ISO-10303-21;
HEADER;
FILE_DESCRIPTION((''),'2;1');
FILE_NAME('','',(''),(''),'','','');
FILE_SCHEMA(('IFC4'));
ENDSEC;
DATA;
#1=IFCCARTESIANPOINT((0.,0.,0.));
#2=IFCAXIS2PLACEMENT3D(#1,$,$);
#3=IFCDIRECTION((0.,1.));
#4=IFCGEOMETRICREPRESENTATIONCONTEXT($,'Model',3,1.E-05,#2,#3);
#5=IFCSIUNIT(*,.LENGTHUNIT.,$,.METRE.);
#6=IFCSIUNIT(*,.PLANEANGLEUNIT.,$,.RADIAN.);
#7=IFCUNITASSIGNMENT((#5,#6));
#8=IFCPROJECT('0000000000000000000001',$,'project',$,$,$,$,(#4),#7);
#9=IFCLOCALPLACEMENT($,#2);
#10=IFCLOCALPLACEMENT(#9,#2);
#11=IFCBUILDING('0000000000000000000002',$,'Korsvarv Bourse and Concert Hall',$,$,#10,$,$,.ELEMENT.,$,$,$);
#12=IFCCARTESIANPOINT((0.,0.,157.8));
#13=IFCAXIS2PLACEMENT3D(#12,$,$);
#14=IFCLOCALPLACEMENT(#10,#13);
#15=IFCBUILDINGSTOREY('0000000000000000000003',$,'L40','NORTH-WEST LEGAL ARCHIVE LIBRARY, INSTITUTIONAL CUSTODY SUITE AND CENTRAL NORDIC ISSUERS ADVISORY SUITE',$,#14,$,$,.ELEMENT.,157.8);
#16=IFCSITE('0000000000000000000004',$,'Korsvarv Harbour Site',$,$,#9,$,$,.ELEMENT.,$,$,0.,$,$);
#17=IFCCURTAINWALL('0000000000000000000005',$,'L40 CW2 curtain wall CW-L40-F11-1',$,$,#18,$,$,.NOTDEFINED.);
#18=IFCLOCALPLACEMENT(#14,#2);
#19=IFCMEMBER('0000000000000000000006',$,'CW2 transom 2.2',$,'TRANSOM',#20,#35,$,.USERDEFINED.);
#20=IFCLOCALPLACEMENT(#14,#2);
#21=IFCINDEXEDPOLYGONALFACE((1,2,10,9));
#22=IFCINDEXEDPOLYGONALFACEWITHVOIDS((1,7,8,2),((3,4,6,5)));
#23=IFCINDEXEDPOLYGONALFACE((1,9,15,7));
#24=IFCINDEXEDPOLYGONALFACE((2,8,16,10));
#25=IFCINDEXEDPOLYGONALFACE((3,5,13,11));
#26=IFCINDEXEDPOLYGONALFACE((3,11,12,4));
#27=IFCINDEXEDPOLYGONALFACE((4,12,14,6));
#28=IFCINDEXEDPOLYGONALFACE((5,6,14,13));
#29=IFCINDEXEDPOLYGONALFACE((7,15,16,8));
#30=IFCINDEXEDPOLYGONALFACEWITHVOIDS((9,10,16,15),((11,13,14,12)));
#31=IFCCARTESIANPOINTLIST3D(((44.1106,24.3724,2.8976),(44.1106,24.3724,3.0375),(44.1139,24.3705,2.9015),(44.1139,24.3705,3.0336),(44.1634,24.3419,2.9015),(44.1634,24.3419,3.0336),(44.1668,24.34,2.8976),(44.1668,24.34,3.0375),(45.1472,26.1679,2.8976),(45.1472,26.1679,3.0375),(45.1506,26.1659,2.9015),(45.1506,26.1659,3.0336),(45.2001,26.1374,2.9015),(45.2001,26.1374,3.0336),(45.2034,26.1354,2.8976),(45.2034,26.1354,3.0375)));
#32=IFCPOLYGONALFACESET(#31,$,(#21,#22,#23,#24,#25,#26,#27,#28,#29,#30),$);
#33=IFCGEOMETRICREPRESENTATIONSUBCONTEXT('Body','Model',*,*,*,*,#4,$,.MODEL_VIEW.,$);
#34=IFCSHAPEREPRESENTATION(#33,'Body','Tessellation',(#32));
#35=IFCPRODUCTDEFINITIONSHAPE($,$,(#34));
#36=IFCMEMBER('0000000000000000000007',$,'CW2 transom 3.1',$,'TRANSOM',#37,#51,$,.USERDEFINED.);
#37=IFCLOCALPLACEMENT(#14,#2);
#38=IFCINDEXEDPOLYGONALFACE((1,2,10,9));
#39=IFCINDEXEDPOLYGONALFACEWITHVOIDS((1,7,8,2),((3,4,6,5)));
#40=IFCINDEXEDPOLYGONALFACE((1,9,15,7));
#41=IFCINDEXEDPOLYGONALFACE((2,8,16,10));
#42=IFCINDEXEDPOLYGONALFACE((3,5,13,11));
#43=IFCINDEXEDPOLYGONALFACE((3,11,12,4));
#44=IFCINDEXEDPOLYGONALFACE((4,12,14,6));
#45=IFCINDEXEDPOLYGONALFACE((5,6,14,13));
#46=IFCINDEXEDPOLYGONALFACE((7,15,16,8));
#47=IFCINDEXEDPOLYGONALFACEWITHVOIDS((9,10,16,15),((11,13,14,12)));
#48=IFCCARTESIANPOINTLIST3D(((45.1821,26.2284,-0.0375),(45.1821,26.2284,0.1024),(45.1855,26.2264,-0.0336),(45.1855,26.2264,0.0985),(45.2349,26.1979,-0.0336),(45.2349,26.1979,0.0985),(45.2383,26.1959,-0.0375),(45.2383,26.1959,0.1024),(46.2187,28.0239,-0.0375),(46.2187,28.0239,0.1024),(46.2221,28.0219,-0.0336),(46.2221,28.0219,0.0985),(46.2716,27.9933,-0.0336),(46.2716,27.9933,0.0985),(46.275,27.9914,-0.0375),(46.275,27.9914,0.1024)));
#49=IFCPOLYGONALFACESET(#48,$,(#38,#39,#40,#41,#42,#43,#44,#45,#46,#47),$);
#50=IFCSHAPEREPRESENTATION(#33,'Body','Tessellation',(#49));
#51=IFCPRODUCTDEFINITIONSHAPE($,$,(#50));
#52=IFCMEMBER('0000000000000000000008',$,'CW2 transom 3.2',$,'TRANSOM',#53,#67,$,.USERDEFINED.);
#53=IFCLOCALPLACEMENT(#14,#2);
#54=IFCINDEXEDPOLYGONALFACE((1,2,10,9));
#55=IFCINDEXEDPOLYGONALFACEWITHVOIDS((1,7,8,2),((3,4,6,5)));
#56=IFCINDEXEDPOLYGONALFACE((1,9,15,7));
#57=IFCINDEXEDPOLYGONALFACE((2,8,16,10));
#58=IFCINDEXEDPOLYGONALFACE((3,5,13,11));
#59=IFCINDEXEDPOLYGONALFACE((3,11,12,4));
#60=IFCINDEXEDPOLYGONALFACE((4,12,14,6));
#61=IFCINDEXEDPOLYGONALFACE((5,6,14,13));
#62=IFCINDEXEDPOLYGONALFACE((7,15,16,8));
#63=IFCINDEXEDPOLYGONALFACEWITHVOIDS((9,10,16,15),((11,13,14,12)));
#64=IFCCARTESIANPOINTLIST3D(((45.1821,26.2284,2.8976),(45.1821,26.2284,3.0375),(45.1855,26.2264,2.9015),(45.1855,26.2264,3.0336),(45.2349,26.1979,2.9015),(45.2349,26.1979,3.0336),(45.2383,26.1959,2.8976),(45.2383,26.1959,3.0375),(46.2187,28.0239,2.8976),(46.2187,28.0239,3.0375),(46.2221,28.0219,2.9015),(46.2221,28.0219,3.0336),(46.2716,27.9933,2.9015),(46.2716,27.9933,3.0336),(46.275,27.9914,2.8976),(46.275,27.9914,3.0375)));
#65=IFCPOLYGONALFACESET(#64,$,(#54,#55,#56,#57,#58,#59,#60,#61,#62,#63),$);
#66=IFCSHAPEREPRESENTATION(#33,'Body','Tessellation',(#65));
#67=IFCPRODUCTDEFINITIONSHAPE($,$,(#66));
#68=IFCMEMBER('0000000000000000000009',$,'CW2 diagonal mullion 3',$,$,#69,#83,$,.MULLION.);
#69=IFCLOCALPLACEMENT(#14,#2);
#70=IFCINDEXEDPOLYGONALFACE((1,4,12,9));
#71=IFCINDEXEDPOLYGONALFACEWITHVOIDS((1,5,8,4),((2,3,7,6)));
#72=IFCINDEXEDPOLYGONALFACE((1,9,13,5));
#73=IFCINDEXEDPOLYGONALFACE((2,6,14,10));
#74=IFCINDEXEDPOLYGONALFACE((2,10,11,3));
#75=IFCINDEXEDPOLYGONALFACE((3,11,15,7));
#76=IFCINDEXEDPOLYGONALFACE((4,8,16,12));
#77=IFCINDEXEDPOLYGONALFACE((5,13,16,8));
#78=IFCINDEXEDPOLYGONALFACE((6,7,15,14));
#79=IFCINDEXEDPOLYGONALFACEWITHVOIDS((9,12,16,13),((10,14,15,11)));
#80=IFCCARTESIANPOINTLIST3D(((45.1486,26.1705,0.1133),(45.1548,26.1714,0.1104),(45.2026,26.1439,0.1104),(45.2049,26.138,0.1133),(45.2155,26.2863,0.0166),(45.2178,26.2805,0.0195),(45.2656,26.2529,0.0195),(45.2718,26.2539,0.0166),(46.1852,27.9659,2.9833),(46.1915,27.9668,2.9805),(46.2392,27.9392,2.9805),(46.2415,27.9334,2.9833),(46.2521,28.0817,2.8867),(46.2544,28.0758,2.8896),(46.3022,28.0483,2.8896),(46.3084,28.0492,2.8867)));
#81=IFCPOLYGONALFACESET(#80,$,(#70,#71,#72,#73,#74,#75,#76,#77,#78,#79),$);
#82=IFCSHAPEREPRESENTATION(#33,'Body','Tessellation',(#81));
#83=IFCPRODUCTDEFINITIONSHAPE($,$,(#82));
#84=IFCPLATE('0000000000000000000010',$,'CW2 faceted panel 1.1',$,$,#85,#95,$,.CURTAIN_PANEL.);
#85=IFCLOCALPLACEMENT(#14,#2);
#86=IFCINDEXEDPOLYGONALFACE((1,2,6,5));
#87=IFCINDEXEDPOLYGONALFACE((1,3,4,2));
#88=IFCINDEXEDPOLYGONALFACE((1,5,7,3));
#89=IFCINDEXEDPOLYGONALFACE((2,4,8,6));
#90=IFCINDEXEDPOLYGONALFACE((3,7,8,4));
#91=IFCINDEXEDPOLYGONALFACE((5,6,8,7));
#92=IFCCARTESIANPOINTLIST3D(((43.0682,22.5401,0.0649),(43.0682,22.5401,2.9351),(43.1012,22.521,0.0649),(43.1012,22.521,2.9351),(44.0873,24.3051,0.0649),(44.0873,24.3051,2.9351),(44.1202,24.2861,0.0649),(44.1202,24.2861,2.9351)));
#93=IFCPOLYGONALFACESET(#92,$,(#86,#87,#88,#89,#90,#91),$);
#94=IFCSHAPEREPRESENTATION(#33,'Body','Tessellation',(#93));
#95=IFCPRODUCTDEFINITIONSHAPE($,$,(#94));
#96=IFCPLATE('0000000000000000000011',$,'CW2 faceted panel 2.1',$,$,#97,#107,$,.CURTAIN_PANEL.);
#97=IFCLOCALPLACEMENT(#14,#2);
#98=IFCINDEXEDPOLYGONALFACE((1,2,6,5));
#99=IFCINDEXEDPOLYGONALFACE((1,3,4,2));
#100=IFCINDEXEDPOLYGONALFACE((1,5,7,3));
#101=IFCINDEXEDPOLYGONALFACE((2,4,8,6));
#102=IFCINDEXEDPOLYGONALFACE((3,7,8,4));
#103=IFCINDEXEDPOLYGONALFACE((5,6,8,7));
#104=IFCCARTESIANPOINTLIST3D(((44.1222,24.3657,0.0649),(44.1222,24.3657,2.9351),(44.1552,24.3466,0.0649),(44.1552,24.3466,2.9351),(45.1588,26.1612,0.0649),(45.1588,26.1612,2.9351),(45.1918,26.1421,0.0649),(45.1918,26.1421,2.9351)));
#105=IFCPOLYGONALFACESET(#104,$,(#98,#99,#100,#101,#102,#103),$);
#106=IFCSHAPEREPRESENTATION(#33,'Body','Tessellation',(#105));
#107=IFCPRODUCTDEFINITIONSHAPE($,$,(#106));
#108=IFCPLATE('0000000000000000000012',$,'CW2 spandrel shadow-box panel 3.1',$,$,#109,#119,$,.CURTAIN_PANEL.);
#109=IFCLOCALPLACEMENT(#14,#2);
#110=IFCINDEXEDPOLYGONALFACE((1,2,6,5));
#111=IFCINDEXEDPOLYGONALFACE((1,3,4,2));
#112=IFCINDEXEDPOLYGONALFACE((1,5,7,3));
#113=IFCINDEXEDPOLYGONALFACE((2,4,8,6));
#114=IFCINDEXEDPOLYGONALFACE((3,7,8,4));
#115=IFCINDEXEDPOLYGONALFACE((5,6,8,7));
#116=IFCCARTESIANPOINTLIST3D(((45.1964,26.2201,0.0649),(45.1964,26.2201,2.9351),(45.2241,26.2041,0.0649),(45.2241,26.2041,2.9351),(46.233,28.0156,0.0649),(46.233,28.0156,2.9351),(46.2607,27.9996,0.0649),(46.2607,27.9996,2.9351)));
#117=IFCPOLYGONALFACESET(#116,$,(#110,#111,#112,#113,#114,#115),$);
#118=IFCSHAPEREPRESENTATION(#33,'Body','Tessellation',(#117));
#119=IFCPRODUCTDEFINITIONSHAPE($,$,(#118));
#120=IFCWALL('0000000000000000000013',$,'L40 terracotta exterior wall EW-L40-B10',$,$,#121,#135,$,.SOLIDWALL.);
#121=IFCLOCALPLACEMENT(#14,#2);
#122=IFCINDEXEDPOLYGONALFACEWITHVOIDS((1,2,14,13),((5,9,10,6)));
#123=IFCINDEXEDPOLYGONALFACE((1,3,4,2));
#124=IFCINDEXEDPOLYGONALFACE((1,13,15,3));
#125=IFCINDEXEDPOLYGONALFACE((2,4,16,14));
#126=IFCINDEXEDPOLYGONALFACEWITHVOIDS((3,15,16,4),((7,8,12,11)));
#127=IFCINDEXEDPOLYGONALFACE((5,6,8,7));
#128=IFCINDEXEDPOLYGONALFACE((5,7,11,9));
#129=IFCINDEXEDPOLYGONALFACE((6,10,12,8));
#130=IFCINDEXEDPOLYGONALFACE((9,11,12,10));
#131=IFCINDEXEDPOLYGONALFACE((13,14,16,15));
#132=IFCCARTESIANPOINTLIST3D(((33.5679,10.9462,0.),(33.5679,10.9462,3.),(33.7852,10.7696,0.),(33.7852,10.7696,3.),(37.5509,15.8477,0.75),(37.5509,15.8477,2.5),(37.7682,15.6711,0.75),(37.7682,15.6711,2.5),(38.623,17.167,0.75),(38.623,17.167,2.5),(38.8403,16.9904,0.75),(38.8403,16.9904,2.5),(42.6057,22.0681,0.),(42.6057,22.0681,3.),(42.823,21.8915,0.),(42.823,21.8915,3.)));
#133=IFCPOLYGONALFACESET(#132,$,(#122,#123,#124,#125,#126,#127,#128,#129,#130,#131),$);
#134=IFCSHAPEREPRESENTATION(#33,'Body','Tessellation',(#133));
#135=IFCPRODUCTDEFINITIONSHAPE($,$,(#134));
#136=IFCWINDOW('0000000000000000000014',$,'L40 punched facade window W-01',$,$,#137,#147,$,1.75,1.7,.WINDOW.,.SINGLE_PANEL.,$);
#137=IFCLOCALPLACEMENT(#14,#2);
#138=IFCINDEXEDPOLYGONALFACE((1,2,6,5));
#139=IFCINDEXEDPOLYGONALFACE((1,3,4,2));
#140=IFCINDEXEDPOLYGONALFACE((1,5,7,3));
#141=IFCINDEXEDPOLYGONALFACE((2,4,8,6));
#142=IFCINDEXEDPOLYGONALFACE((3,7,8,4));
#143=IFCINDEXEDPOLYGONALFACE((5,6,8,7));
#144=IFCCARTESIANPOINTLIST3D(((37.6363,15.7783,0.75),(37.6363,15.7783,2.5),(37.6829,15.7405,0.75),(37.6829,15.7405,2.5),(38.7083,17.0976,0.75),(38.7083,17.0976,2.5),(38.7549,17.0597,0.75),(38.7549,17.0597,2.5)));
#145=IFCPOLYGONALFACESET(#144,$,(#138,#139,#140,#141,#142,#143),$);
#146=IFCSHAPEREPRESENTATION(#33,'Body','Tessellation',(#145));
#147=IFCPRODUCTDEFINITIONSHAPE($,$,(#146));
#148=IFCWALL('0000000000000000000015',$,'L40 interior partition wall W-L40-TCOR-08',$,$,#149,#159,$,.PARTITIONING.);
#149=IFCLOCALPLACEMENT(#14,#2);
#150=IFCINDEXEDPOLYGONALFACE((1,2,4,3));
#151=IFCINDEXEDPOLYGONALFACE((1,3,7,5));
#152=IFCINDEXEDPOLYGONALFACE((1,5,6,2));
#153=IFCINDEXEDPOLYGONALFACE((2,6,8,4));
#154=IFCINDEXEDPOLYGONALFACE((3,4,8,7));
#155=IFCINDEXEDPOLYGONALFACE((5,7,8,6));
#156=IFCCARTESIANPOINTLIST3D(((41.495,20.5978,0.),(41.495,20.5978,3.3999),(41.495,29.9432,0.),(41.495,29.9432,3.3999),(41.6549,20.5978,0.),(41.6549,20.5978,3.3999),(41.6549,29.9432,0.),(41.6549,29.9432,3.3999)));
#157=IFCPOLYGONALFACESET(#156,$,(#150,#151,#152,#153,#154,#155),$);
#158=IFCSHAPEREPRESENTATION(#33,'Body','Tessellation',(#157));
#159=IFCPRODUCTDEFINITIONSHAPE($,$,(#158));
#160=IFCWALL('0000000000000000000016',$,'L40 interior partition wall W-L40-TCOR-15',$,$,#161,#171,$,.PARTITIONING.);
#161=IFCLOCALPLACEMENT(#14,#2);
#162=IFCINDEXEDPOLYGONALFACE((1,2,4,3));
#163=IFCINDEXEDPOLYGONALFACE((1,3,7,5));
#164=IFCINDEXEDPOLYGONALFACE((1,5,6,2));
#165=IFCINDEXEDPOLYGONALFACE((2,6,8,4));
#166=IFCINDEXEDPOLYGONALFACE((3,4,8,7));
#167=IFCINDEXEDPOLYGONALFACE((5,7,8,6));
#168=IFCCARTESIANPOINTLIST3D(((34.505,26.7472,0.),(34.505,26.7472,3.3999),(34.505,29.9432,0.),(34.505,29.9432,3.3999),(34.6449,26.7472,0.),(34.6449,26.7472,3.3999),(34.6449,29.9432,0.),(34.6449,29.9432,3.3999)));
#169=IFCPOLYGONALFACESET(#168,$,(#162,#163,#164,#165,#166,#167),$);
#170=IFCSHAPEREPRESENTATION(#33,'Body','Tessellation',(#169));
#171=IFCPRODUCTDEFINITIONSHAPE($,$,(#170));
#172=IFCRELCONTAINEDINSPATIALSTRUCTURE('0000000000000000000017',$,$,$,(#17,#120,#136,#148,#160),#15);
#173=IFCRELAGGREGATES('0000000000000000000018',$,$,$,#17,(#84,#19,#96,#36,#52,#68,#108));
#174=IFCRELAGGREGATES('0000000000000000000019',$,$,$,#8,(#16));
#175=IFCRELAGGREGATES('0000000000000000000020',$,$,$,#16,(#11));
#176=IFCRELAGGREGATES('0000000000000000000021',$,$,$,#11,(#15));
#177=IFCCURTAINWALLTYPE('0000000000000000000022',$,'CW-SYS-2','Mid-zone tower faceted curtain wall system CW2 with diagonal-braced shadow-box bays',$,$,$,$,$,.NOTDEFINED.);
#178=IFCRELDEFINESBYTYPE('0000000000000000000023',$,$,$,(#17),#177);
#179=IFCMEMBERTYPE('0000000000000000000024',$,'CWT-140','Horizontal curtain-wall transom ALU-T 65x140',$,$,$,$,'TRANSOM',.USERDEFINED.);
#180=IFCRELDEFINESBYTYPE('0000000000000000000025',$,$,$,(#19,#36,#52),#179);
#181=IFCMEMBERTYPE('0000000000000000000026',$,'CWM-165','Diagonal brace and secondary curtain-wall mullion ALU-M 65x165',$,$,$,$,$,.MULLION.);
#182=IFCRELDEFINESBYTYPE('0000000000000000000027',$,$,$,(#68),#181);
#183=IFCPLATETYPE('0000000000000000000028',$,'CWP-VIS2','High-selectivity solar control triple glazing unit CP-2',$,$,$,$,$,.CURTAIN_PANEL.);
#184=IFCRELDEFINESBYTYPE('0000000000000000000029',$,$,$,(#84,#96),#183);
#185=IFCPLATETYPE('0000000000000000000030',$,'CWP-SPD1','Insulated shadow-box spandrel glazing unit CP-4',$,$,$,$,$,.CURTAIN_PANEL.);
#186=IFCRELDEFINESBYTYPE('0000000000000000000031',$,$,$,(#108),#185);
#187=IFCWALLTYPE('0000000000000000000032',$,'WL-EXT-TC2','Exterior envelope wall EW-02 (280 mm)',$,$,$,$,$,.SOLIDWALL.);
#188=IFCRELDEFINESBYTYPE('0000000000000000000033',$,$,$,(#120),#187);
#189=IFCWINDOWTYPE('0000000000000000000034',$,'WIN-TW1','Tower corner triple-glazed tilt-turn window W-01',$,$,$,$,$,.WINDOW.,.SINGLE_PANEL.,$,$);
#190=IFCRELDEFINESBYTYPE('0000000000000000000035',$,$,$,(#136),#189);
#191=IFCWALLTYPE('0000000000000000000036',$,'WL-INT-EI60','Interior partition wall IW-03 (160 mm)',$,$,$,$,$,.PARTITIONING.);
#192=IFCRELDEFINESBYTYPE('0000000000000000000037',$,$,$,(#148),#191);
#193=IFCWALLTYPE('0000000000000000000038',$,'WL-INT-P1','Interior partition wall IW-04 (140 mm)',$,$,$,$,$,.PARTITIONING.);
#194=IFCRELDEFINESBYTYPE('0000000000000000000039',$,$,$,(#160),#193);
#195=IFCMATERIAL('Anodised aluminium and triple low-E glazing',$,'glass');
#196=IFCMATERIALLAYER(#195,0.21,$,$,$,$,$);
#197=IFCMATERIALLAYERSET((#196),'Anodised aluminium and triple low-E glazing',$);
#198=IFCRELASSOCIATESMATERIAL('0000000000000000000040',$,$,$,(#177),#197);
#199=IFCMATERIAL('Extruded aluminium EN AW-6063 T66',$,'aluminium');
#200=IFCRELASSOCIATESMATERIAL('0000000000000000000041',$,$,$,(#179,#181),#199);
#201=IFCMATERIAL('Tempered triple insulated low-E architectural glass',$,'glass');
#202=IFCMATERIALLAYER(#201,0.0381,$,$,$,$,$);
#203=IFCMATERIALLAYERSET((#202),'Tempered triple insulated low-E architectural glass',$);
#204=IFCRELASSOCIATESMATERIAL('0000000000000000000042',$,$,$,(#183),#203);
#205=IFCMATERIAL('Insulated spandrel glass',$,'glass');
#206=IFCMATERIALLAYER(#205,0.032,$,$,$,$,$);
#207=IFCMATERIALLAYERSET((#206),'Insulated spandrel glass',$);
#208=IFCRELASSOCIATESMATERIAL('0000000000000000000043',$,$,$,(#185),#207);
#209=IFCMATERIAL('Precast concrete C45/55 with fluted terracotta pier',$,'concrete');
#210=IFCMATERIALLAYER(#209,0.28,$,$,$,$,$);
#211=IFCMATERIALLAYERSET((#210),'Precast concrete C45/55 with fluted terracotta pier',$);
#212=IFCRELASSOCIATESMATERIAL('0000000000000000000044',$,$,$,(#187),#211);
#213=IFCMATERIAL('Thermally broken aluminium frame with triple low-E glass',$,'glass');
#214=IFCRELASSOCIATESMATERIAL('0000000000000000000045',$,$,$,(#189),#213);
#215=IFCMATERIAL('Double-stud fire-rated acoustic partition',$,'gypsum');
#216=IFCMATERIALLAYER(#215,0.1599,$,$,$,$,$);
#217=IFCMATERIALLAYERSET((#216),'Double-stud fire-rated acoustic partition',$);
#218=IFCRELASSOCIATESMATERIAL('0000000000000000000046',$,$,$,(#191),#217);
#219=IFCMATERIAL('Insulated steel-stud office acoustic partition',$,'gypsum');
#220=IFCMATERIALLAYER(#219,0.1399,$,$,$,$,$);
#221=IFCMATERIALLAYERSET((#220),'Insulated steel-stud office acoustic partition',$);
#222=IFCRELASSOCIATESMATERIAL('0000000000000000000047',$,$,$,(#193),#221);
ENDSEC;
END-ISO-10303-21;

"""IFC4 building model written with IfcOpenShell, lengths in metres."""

from ifc_helpers import new_model, si_unit, direction, frame, frame_2d, origin, origin_2d, place, context, subcontext, project, spatial, rectangle, hollow_rectangle, extrude, source, transform, mapped, material, layer, layer_set, material_profile, profile_set, type_object, element, fill, aggregate, save


model = new_model("IFC4")

# Units and contexts
model_context = context("Model", 3, precision=1e-05, world=origin(), true_north=direction((0.0, 1.0)))
body_context = subcontext(model_context, "Body", "Model", "MODEL_VIEW")
ifc_project = project(units=[si_unit("LENGTHUNIT", "METRE"), si_unit("PLANEANGLEUNIT", "RADIAN")], contexts=[model_context])

# Site, building, storey
site_placement = place(None, origin())
site = spatial("IfcSite", under=ifc_project, at=site_placement, Name="Korsvarv Harbour Site", CompositionType="ELEMENT", RefElevation=0.0)
building_placement = place(site_placement, origin())
building = spatial("IfcBuilding", under=site, at=building_placement, Name="Korsvarv Bourse and Concert Hall", CompositionType="ELEMENT")
storey_placement = place(building_placement, frame((0.0, 0.0, 157.8)))
storey = spatial("IfcBuildingStorey", under=building, at=storey_placement, Name="L40", Description="NORTH-WEST LEGAL ARCHIVE LIBRARY, INSTITUTIONAL CUSTODY SUITE AND CENTRAL NORDIC ISSUERS ADVISORY SUITE", CompositionType="ELEMENT", Elevation=157.8)

# Curtain wall, members, plates
ifc_material_1 = material(Name="Anodised aluminium and triple low-E glazing", Category="glass")
ifc_layer_1 = layer(ifc_material_1, 0.21)
ifc_layer_set_1 = layer_set([ifc_layer_1], Name="Anodised aluminium and triple low-E glazing")
curtain_wall_type = type_object("IfcCurtainWallType", Name="CW-SYS-2", Description="Mid-zone tower faceted curtain wall system CW2 with diagonal-braced shadow-box bays", PredefinedType="NOTDEFINED", material=ifc_layer_set_1)
curtain_wall_placement = place(storey_placement, origin())
curtain_wall = element("IfcCurtainWall", 1, at=curtain_wall_placement, inside=storey, type_object=curtain_wall_type, Name="L40 CW2 curtain wall CW-L40-F11-1", PredefinedType="NOTDEFINED")
ifc_material_2 = material(Name="Extruded aluminium EN AW-6063 T66", Category="aluminium")
ifc_material_profile_1 = material_profile(ifc_material_2, hollow_rectangle(XDim=0.0649, YDim=0.1399, WallThickness=0.0039, at=origin_2d()), Name="ALU-T 65x140")
ifc_profile_set_1 = profile_set([ifc_material_profile_1], Name="Extruded aluminium EN AW-6063 T66")
member_type_1 = type_object("IfcMemberType", Name="CWT-140", Description="Horizontal curtain-wall transom ALU-T 65x140", ElementType="TRANSOM", PredefinedType="USERDEFINED", material=ifc_profile_set_1)
shared_shape_1 = source(origin(), body_context, "Body", "SweptSolid", [
    extrude(hollow_rectangle(XDim=0.0649, YDim=0.1399, WallThickness=0.0039, at=origin_2d()), origin(), (0.0, 0.0, 1.0), 2.0732),
])
member_1_placement = place(storey_placement, frame((44.1387, 24.3562, 2.9675), z_axis=(0.500015, 0.866017, 0.0), x_axis=(-0.866017, 0.500015, 0.0)))
member_1 = element("IfcMember", 2, at=member_1_placement, type_object=member_type_1, Name="CW2 transom 2.2", ObjectType="TRANSOM", PredefinedType="USERDEFINED", context=body_context, shape_type="MappedRepresentation", body=[
    mapped(shared_shape_1, transform((0.0, 0.0, 0.0), scale=1.0)),
])
member_2_placement = place(storey_placement, frame((45.2102, 26.2122, 0.0325), z_axis=(0.500015, 0.866017, 0.0), x_axis=(-0.866017, 0.500015, 0.0)))
member_2 = element("IfcMember", 3, at=member_2_placement, type_object=member_type_1, Name="CW2 transom 3.1", ObjectType="TRANSOM", PredefinedType="USERDEFINED", context=body_context, shape_type="MappedRepresentation", body=[
    mapped(shared_shape_1, transform((0.0, 0.0, 0.0), scale=1.0)),
])
member_3_placement = place(storey_placement, frame((45.2102, 26.2122, 2.9675), z_axis=(0.500015, 0.866017, 0.0), x_axis=(-0.866017, 0.500015, 0.0)))
member_3 = element("IfcMember", 4, at=member_3_placement, type_object=member_type_1, Name="CW2 transom 3.2", ObjectType="TRANSOM", PredefinedType="USERDEFINED", context=body_context, shape_type="MappedRepresentation", body=[
    mapped(shared_shape_1, transform((0.0, 0.0, 0.0), scale=1.0)),
])
ifc_material_profile_2 = material_profile(ifc_material_2, hollow_rectangle(XDim=0.0649, YDim=0.165, WallThickness=0.0049, at=origin_2d()), Name="ALU-M 65x165")
ifc_profile_set_2 = profile_set([ifc_material_profile_2], Name="Extruded aluminium EN AW-6063 T66")
member_type_2 = type_object("IfcMemberType", Name="CWM-165", Description="Diagonal brace and secondary curtain-wall mullion ALU-M 65x165", PredefinedType="MULLION", material=ifc_profile_set_2)
shared_shape_2 = source(origin(), body_context, "Body", "SweptSolid", [
    extrude(hollow_rectangle(XDim=0.0649, YDim=0.165, WallThickness=0.0049, at=origin_2d()), origin(), (0.0, 0.0, 1.0), 3.5405),
])
member_4_placement = place(storey_placement, frame((45.2102, 26.2122, 0.0649), z_axis=(0.292783, 0.507096, 0.810636), x_axis=(-0.866017, 0.500015, 0.0)))
member_4 = element("IfcMember", 5, at=member_4_placement, type_object=member_type_2, Name="CW2 diagonal mullion 3", PredefinedType="MULLION", context=body_context, shape_type="MappedRepresentation", body=[
    mapped(shared_shape_2, transform((0.0, 0.0, 0.0), scale=1.0)),
])
ifc_material_3 = material(Name="Tempered triple insulated low-E architectural glass", Category="glass")
ifc_layer_2 = layer(ifc_material_3, 0.0381)
ifc_layer_set_2 = layer_set([ifc_layer_2], Name="Tempered triple insulated low-E architectural glass")
plate_type_1 = type_object("IfcPlateType", Name="CWP-VIS2", Description="High-selectivity solar control triple glazing unit CP-2", PredefinedType="CURTAIN_PANEL", material=ifc_layer_set_2)
shared_shape_3 = source(origin(), body_context, "Body", "SweptSolid", [
    extrude(rectangle(XDim=2.0381, YDim=0.0381, at=origin_2d()), origin(), (0.0, 0.0, 1.0), 2.8701),
])
plate_1_placement = place(storey_placement, frame((43.5942, 23.4131, 0.0649), z_axis=(0.0, 0.0, 1.0), x_axis=(0.499998, 0.866026, 0.0)))
plate_1 = element("IfcPlate", 6, at=plate_1_placement, type_object=plate_type_1, Name="CW2 faceted panel 1.1", PredefinedType="CURTAIN_PANEL", context=body_context, shape_type="MappedRepresentation", body=[
    mapped(shared_shape_3, transform((0.0, 0.0, 0.0), scale=1.0)),
])
shared_shape_4 = source(origin(), body_context, "Body", "SweptSolid", [
    extrude(rectangle(XDim=2.0732, YDim=0.0381, at=origin_2d()), origin(), (0.0, 0.0, 1.0), 2.8701),
])
plate_2_placement = place(storey_placement, frame((44.657, 25.2539, 0.0649), z_axis=(0.0, 0.0, 1.0), x_axis=(0.499998, 0.866026, 0.0)))
plate_2 = element("IfcPlate", 7, at=plate_2_placement, type_object=plate_type_1, Name="CW2 faceted panel 2.1", PredefinedType="CURTAIN_PANEL", context=body_context, shape_type="MappedRepresentation", body=[
    mapped(shared_shape_4, transform((0.0, 0.0, 0.0), scale=1.0)),
])
ifc_material_4 = material(Name="Insulated spandrel glass", Category="glass")
ifc_layer_3 = layer(ifc_material_4, 0.032)
ifc_layer_set_3 = layer_set([ifc_layer_3], Name="Insulated spandrel glass")
plate_type_2 = type_object("IfcPlateType", Name="CWP-SPD1", Description="Insulated shadow-box spandrel glazing unit CP-4", PredefinedType="CURTAIN_PANEL", material=ifc_layer_set_3)
shared_shape_5 = source(origin(), body_context, "Body", "SweptSolid", [
    extrude(rectangle(XDim=2.0732, YDim=0.032, at=origin_2d()), origin(), (0.0, 0.0, 1.0), 2.8701),
])
plate_3_placement = place(storey_placement, frame((45.7285, 27.1099, 0.0649), z_axis=(0.0, 0.0, 1.0), x_axis=(0.499998, 0.866026, 0.0)))
plate_3 = element("IfcPlate", 8, at=plate_3_placement, type_object=plate_type_2, Name="CW2 spandrel shadow-box panel 3.1", PredefinedType="CURTAIN_PANEL", context=body_context, shape_type="MappedRepresentation", body=[
    mapped(shared_shape_5, transform((0.0, 0.0, 0.0), scale=1.0)),
])
aggregate(curtain_wall, [plate_1, member_1, plate_2, member_2, member_3, member_4, plate_3])

# Wall, opening, window
ifc_material_5 = material(Name="Precast concrete C45/55 with fluted terracotta pier", Category="concrete")
ifc_layer_4 = layer(ifc_material_5, 0.28)
ifc_layer_set_4 = layer_set([ifc_layer_4], Name="Precast concrete C45/55 with fluted terracotta pier")
wall_type_1 = type_object("IfcWallType", Name="WL-EXT-TC2", Description="Exterior envelope wall EW-02 (280 mm)", PredefinedType="SOLIDWALL", material=ifc_layer_set_4)
wall_1_placement = place(storey_placement, frame((33.6765, 10.8579, 0.0), z_axis=(0.0, 0.0, 1.0), x_axis=(0.63065, 0.776068, 0.0)))
wall_1 = element("IfcWall", 9, at=wall_1_placement, inside=storey, type_object=wall_type_1, Name="L40 terracotta exterior wall EW-L40-B10", PredefinedType="SOLIDWALL", context=body_context, shape_type="SweptSolid", body=[
    extrude(rectangle(XDim=14.3311, YDim=0.28, at=frame_2d((7.1655, 0.0))), origin(), (0.0, 0.0, 1.0), 3.0),
])
opening_placement = place(wall_1_placement, frame((6.3157, 0.0, 0.75)))
opening = element("IfcOpeningElement", 10, at=opening_placement, cuts=wall_1, PredefinedType="OPENING", context=body_context, shape_type="SweptSolid", body=[
    extrude(rectangle(XDim=1.7, YDim=1.75, at=frame_2d((0.8501, 0.875))), frame((0.0, 0.1499, 0.0), z_axis=(0.0, -1.0, 0.0), x_axis=(1.0, 0.0, 0.0)), (0.0, 0.0, 1.0), 0.3),
])
ifc_material_6 = material(Name="Thermally broken aluminium frame with triple low-E glass", Category="glass")
window_type = type_object("IfcWindowType", Name="WIN-TW1", Description="Tower corner triple-glazed tilt-turn window W-01", PartitioningType="SINGLE_PANEL", PredefinedType="WINDOW", material=ifc_material_6)
window_placement = place(opening_placement, origin())
window = element("IfcWindow", 11, at=window_placement, inside=storey, type_object=window_type, Name="L40 punched facade window W-01", OverallHeight=1.75, OverallWidth=1.7, PartitioningType="SINGLE_PANEL", PredefinedType="WINDOW", context=body_context, shape_type="SweptSolid", body=[
    extrude(rectangle(XDim=1.7, YDim=1.75, at=frame_2d((0.8501, 0.875))), frame((0.0, 0.03, 0.0), z_axis=(0.0, -1.0, 0.0), x_axis=(1.0, 0.0, 0.0)), (0.0, 0.0, 1.0), 0.0601),
])
fill(opening, window)

# Walls
ifc_material_7 = material(Name="Double-stud fire-rated acoustic partition", Category="gypsum")
ifc_layer_5 = layer(ifc_material_7, 0.1599)
ifc_layer_set_5 = layer_set([ifc_layer_5], Name="Double-stud fire-rated acoustic partition")
wall_type_2 = type_object("IfcWallType", Name="WL-INT-EI60", Description="Interior partition wall IW-03 (160 mm)", PredefinedType="PARTITIONING", material=ifc_layer_set_5)
wall_2_placement = place(storey_placement, frame((41.575, 20.5977, 0.0), z_axis=(0.0, 0.0, 1.0), x_axis=(0.0, 1.0, 0.0)))
element("IfcWall", 12, at=wall_2_placement, inside=storey, type_object=wall_type_2, Name="L40 interior partition wall W-L40-TCOR-08", PredefinedType="PARTITIONING", context=body_context, shape_type="SweptSolid", body=[
    extrude(rectangle(XDim=9.3455, YDim=0.1599, at=frame_2d((4.6729, 0.0))), origin(), (0.0, 0.0, 1.0), 3.3999),
])
ifc_material_8 = material(Name="Insulated steel-stud office acoustic partition", Category="gypsum")
ifc_layer_6 = layer(ifc_material_8, 0.1399)
ifc_layer_set_6 = layer_set([ifc_layer_6], Name="Insulated steel-stud office acoustic partition")
wall_type_3 = type_object("IfcWallType", Name="WL-INT-P1", Description="Interior partition wall IW-04 (140 mm)", PredefinedType="PARTITIONING", material=ifc_layer_set_6)
wall_3_placement = place(storey_placement, frame((34.575, 26.7471, 0.0), z_axis=(0.0, 0.0, 1.0), x_axis=(0.0, 1.0, 0.0)))
element("IfcWall", 13, at=wall_3_placement, inside=storey, type_object=wall_type_3, Name="L40 interior partition wall W-L40-TCOR-15", PredefinedType="PARTITIONING", context=body_context, shape_type="SweptSolid", body=[
    extrude(rectangle(XDim=3.196, YDim=0.1399, at=frame_2d((1.5981, 0.0))), origin(), (0.0, 0.0, 1.0), 3.3999),
])

save(model, "model.ifc")
